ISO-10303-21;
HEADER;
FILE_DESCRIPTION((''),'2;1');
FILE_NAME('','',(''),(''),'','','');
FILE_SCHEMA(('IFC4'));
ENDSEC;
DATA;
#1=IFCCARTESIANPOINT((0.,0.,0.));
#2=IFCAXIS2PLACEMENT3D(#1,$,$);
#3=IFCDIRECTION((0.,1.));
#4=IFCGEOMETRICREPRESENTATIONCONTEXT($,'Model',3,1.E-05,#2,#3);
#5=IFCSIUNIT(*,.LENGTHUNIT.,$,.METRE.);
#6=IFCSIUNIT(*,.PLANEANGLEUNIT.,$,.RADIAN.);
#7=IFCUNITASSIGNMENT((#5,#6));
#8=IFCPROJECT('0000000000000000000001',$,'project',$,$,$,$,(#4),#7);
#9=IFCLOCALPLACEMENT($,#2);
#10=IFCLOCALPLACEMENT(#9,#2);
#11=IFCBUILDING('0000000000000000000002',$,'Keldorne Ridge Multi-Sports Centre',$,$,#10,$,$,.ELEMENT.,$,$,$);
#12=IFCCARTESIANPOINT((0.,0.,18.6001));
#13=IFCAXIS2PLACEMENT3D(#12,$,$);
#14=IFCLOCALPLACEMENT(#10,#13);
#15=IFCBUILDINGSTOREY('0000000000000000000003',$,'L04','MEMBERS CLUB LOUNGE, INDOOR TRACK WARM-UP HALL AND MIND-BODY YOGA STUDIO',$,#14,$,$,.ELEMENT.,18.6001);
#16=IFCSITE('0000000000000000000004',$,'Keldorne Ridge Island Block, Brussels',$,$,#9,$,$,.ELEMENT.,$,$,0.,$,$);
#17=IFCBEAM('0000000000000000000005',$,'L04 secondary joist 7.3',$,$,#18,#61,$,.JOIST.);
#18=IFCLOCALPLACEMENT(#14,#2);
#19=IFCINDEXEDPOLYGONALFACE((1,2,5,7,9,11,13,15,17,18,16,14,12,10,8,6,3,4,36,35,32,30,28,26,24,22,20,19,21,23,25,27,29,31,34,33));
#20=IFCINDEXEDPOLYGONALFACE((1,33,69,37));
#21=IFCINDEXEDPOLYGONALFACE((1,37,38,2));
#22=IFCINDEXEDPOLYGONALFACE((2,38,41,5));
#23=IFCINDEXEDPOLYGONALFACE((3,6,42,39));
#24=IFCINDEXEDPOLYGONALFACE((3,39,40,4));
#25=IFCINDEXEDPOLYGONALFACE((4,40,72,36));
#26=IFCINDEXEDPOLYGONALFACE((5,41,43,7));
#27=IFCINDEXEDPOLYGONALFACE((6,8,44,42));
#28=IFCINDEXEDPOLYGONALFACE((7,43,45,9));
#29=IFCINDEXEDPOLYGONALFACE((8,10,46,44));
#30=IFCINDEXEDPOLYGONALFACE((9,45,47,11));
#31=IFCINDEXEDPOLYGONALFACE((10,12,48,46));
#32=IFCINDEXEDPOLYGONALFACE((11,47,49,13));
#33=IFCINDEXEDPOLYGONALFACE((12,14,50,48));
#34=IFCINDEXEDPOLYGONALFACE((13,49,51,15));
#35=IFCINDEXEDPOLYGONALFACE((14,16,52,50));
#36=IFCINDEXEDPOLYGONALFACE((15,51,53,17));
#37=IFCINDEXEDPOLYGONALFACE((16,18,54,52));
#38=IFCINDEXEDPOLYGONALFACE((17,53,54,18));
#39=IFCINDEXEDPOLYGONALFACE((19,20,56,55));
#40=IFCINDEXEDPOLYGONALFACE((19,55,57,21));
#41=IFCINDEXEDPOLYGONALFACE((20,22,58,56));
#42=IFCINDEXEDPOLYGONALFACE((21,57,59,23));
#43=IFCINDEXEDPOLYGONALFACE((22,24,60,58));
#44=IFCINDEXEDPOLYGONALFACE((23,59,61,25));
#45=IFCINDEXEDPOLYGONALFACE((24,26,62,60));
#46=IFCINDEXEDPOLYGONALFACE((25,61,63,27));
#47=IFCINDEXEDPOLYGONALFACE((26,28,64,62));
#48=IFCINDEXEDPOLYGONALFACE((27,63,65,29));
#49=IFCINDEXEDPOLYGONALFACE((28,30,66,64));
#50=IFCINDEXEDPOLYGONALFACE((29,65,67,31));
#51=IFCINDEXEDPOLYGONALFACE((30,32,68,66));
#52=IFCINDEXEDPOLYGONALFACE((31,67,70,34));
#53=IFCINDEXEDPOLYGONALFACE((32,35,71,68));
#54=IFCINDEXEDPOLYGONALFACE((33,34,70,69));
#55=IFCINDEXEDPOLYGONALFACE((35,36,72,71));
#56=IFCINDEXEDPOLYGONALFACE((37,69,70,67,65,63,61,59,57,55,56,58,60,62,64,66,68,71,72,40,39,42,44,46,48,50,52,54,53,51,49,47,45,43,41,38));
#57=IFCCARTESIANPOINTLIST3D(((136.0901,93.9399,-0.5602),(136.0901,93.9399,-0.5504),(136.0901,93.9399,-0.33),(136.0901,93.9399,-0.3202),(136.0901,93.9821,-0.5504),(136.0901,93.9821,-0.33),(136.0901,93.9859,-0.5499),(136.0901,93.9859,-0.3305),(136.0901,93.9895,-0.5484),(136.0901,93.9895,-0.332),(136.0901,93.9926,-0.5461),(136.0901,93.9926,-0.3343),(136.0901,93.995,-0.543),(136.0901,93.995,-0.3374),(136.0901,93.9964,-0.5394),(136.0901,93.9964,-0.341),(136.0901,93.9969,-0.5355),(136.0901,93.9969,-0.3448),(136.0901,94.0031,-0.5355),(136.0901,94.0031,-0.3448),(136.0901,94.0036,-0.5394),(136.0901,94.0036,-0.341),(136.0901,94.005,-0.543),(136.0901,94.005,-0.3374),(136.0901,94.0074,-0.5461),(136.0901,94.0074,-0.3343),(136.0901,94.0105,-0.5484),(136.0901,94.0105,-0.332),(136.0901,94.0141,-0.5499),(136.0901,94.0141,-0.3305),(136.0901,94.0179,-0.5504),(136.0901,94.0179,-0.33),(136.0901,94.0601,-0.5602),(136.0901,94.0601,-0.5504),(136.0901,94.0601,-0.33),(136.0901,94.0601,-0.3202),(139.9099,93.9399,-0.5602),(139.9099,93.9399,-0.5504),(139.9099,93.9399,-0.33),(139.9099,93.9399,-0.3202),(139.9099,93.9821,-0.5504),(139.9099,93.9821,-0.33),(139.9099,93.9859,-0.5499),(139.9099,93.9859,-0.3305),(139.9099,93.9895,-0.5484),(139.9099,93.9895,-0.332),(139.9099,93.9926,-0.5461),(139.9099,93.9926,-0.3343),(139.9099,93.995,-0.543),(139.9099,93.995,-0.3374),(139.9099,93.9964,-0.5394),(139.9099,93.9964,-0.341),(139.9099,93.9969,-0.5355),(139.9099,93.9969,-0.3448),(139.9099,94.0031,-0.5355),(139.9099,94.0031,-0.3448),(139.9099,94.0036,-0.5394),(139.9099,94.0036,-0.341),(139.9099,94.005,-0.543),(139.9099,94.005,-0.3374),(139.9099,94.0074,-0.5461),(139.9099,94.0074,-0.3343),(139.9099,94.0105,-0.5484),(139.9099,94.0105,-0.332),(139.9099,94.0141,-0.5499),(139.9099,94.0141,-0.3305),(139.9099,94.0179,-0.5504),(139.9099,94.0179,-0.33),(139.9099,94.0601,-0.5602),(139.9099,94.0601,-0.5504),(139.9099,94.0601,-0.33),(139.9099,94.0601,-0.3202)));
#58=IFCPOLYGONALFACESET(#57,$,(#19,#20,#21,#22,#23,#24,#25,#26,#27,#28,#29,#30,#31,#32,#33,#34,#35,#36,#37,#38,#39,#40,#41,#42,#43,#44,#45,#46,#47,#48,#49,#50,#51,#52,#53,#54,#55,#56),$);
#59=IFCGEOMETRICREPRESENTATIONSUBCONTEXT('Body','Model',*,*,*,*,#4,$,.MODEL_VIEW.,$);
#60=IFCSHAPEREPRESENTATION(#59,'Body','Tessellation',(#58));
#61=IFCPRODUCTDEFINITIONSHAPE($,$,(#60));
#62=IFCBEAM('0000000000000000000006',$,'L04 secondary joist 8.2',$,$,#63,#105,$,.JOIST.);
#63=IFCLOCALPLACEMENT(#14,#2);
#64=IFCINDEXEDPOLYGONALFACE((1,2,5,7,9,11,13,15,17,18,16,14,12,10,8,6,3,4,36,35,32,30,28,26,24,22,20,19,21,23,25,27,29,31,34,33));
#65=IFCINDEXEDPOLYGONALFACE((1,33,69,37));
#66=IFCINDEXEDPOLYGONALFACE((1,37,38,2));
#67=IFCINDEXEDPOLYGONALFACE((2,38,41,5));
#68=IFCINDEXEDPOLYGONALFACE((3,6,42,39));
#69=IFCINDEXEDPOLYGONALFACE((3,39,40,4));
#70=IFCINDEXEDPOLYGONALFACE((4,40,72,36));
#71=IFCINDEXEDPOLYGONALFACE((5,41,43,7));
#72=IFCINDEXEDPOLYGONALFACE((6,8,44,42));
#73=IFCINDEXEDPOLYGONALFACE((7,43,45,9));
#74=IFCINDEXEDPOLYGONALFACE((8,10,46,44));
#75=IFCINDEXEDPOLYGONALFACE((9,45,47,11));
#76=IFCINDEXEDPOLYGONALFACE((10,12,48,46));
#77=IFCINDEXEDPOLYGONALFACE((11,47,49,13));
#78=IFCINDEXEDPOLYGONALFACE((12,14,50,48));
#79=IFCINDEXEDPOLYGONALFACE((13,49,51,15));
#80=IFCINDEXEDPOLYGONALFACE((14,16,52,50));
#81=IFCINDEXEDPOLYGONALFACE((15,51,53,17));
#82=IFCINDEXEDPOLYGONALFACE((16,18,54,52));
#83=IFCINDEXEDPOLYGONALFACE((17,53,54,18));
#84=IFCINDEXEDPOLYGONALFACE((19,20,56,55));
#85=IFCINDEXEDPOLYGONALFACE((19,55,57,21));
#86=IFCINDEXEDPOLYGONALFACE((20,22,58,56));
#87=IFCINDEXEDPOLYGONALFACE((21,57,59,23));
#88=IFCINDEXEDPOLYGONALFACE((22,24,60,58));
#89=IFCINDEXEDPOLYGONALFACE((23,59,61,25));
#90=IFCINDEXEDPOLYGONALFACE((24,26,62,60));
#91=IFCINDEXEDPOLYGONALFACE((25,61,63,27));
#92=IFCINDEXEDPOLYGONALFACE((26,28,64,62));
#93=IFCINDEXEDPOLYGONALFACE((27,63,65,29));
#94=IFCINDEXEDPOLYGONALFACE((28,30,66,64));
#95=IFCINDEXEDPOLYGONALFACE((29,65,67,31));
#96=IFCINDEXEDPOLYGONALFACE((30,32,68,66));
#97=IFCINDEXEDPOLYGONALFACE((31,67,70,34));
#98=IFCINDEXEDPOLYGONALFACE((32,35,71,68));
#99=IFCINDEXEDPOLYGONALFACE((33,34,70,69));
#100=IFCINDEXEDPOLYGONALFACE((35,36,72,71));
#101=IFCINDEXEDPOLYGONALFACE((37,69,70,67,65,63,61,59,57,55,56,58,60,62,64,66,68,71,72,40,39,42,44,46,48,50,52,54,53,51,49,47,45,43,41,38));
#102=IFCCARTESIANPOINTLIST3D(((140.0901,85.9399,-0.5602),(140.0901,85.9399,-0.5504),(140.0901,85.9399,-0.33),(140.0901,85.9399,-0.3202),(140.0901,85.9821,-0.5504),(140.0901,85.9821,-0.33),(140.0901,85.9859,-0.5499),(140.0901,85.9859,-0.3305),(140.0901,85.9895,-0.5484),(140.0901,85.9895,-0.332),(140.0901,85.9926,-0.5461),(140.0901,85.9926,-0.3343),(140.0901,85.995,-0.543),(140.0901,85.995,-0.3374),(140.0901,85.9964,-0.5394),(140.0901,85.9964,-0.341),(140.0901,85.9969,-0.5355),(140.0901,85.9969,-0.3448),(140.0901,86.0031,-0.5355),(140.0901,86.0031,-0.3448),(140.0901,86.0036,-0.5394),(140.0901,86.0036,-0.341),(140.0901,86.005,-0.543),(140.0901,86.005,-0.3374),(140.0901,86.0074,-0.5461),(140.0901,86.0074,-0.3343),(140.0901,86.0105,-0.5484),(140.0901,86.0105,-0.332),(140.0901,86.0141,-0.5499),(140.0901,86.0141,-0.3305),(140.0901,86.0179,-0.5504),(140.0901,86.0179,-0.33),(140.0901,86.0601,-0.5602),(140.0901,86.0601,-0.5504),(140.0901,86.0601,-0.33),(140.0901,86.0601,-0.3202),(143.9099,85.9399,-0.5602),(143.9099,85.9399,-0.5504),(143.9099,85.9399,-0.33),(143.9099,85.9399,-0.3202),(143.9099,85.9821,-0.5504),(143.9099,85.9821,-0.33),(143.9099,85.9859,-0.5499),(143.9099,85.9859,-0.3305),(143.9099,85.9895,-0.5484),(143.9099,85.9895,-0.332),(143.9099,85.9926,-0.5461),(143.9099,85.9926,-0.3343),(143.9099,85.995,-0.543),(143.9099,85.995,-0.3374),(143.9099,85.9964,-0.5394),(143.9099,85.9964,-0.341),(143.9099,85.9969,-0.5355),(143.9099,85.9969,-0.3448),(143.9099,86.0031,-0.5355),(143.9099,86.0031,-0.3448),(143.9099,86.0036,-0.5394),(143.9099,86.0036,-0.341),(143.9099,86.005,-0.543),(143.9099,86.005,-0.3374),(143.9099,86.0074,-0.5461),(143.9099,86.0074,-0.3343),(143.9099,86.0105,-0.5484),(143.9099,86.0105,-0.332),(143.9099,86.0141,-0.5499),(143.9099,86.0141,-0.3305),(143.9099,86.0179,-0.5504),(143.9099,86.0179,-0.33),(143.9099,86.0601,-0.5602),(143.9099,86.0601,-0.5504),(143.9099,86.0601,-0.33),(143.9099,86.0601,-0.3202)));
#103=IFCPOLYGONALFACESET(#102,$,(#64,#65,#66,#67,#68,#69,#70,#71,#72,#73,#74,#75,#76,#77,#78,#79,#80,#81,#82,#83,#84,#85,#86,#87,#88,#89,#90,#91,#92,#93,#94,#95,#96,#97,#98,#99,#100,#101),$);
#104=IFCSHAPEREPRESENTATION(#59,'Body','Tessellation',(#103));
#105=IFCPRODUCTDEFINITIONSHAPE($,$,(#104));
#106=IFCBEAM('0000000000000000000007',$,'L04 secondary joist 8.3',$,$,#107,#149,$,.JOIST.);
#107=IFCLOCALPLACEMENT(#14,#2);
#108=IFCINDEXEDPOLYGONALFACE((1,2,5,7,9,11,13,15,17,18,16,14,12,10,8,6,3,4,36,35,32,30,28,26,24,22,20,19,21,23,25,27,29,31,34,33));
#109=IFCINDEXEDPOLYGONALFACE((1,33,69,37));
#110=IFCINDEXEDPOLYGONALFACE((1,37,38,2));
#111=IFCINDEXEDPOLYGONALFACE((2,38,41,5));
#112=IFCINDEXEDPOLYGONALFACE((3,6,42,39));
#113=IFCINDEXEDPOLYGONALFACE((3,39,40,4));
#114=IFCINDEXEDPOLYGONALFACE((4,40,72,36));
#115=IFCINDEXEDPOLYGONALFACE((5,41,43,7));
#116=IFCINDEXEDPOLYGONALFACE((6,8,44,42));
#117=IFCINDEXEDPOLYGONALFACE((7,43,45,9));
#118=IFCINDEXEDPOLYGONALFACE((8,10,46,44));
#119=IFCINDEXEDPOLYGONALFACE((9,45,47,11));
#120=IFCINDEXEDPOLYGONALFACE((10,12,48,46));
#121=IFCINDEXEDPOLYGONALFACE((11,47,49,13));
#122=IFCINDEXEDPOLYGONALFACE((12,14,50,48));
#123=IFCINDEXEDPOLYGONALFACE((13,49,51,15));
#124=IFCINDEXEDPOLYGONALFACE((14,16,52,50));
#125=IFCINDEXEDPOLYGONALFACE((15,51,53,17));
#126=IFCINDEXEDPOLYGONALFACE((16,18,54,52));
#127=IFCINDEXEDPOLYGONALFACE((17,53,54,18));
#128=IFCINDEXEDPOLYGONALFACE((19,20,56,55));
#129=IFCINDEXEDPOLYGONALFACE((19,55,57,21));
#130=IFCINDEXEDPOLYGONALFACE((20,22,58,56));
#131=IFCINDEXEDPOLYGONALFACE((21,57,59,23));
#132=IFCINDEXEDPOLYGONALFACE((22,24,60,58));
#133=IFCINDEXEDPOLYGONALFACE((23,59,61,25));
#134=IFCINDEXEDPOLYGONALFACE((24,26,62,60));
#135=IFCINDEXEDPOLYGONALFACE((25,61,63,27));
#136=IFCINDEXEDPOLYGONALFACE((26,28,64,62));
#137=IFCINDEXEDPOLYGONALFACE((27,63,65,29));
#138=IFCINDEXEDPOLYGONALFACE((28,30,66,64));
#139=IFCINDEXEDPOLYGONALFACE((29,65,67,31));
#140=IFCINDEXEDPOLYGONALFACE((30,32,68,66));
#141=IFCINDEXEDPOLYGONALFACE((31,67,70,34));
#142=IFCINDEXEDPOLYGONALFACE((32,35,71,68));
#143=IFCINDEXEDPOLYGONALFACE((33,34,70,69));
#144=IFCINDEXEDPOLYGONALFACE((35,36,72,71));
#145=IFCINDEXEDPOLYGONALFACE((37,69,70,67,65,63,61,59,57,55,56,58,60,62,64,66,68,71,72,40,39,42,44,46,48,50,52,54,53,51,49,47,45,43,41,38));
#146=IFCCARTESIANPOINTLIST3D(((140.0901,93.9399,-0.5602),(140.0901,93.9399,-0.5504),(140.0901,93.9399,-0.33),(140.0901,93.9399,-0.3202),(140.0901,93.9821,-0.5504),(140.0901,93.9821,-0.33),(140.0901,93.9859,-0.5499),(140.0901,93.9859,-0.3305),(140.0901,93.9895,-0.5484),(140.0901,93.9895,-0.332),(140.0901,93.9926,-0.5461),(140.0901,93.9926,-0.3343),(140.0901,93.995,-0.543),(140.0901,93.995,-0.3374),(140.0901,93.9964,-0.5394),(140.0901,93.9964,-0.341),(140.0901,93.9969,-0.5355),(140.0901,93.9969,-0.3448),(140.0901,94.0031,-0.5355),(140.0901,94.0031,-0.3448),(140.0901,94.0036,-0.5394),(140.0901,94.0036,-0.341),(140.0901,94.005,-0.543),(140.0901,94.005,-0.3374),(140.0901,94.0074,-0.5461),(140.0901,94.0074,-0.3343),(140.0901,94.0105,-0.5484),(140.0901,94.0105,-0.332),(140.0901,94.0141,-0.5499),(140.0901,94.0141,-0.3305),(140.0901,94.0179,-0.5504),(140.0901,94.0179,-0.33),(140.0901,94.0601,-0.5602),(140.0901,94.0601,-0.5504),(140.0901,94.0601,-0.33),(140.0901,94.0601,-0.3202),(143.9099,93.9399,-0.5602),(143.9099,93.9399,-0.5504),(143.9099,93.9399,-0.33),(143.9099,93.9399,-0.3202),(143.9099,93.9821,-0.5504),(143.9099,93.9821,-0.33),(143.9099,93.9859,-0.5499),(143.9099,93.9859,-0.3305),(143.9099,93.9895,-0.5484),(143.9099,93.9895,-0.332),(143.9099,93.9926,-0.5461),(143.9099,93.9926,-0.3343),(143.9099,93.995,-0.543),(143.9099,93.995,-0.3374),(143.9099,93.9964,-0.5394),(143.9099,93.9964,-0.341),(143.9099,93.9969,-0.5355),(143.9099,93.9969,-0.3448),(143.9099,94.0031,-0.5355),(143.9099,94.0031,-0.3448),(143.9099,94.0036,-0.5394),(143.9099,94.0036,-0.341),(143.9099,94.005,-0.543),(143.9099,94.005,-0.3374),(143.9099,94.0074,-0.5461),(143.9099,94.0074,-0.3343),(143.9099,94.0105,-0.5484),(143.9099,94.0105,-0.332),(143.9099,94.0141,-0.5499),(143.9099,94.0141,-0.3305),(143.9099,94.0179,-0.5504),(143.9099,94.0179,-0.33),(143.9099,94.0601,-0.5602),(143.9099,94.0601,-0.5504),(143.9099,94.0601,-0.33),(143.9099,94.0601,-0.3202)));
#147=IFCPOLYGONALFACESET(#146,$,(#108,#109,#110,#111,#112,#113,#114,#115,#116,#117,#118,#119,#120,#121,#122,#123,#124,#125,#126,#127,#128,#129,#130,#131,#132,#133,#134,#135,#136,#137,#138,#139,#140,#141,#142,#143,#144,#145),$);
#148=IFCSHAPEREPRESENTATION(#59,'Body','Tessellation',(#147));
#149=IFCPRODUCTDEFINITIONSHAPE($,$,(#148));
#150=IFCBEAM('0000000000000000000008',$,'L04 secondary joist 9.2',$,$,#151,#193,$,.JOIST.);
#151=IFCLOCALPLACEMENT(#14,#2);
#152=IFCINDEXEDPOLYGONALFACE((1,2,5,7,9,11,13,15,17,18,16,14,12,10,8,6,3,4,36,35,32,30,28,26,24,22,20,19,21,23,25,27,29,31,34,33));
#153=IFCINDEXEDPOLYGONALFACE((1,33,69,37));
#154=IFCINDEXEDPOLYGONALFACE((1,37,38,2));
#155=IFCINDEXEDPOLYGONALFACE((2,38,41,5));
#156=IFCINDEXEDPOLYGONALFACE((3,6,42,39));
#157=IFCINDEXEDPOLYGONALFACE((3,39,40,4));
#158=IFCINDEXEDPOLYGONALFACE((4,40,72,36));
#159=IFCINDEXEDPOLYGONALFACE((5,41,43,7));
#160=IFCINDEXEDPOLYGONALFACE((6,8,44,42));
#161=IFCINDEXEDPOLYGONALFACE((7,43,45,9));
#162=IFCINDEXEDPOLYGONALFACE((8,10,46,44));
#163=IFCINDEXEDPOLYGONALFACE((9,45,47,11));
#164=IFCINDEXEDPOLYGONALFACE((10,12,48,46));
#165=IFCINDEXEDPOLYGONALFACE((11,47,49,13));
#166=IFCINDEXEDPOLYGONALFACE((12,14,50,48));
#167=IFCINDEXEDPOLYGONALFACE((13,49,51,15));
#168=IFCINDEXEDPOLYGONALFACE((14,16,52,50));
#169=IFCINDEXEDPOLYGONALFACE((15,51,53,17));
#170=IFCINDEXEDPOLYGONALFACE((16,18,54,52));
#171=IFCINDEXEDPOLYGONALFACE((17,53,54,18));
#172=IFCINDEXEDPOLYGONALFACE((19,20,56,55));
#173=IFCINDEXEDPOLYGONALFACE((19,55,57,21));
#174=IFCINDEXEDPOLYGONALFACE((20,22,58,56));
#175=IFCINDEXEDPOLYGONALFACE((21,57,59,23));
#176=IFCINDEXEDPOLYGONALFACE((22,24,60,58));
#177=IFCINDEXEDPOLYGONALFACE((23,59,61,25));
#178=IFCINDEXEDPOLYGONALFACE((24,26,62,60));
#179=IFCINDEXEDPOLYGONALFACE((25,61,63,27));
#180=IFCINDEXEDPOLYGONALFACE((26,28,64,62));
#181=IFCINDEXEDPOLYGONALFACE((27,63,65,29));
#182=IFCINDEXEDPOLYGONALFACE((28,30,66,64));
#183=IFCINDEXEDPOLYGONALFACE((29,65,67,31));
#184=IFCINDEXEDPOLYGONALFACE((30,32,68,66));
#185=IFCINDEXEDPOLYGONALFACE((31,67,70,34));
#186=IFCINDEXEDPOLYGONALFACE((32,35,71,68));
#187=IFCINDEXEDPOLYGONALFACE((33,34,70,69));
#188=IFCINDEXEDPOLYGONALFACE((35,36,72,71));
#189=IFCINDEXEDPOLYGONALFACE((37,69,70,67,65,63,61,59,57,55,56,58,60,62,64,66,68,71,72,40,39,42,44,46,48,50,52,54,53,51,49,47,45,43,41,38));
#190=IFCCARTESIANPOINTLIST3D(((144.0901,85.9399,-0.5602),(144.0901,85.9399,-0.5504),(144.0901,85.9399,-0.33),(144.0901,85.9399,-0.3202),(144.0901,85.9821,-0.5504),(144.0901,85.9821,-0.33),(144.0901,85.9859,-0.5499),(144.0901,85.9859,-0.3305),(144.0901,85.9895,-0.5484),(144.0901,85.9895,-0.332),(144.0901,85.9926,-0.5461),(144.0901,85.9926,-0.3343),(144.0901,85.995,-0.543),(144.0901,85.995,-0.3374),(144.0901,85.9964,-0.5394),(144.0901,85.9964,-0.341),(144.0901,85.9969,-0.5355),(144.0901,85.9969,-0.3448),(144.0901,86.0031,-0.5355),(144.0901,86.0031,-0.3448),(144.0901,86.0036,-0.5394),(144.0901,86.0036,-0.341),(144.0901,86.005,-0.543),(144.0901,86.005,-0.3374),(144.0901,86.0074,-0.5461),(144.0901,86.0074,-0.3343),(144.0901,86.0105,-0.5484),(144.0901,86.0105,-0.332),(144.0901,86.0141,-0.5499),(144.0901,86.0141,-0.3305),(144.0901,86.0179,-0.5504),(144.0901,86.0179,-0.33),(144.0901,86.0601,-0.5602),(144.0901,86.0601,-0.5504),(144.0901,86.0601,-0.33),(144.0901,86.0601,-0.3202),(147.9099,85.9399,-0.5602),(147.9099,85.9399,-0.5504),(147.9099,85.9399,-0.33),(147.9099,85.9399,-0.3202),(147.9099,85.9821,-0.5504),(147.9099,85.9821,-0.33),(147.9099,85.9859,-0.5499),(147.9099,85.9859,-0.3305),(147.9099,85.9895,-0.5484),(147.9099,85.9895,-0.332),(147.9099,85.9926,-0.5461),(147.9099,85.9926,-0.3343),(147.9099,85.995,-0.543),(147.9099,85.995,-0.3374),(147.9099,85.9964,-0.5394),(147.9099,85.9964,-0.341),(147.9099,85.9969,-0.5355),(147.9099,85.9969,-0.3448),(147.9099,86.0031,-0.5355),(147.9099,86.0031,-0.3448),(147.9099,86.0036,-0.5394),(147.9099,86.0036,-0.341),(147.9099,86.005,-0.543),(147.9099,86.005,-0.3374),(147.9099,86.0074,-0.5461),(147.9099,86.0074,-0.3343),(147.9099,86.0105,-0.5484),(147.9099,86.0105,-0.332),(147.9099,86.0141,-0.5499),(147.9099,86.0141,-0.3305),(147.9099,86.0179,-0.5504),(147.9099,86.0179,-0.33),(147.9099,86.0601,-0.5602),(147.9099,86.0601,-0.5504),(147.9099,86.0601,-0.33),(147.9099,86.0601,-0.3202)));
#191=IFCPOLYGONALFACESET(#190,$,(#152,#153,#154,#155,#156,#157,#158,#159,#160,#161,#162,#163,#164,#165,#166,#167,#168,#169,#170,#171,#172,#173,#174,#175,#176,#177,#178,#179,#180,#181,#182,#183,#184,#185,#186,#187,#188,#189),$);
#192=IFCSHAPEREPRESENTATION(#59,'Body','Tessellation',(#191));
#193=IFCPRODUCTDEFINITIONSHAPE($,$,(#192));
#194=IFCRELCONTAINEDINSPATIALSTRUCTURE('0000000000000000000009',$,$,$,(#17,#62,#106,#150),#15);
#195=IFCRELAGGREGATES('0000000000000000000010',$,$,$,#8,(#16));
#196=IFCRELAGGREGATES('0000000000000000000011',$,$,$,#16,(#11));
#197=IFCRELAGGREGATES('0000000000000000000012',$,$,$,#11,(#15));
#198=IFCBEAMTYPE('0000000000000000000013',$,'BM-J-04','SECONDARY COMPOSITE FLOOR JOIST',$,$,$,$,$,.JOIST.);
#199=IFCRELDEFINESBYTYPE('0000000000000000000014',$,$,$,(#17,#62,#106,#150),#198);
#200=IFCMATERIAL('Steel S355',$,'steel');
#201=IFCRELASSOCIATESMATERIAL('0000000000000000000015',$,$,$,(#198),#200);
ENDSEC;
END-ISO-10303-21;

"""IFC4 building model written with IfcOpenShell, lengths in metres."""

from ifc_helpers import new_model, si_unit, direction, frame, origin, origin_2d, place, context, subcontext, project, spatial, i_section, extrude, material, material_profile, profile_set, type_object, element, save


model = new_model("IFC4")

# Units and contexts
model_context = context("Model", 3, precision=1e-05, world=origin(), true_north=direction((0.0, 1.0)))
body_context = subcontext(model_context, "Body", "Model", "MODEL_VIEW")
ifc_project = project(units=[si_unit("LENGTHUNIT", "METRE"), si_unit("PLANEANGLEUNIT", "RADIAN")], contexts=[model_context])

# Site, building, storey
site_placement = place(None, origin())
site = spatial("IfcSite", under=ifc_project, at=site_placement, Name="Keldorne Ridge Island Block, Brussels", CompositionType="ELEMENT", RefElevation=0.0)
building_placement = place(site_placement, origin())
building = spatial("IfcBuilding", under=site, at=building_placement, Name="Keldorne Ridge Multi-Sports Centre", CompositionType="ELEMENT")
storey_placement = place(building_placement, frame((0.0, 0.0, 18.6001)))
storey = spatial("IfcBuildingStorey", under=building, at=storey_placement, Name="L04", Description="MEMBERS CLUB LOUNGE, INDOOR TRACK WARM-UP HALL AND MIND-BODY YOGA STUDIO", CompositionType="ELEMENT", Elevation=18.6001)

# Beams
ifc_material = material(Name="Steel S355", Category="steel")
ifc_material_profile_1 = material_profile(ifc_material, i_section(OverallWidth=0.1201, OverallDepth=0.24, WebThickness=0.0061, FlangeThickness=0.0098, FilletRadius=0.0149, at=origin_2d()), Name="IPE 240")
ifc_profile_set_1 = profile_set([ifc_material_profile_1], Name="Steel S355")
beam_type_1 = type_object("IfcBeamType", Name="BM-J-04", Description="SECONDARY COMPOSITE FLOOR JOIST", PredefinedType="JOIST", material=ifc_profile_set_1)
for number, where, z_axis, x_axis, name in (
    (1, (136.0901, 94.0, -0.4402), (1.0, 0.0, 0.0), (0.0, 1.0, 0.0), "L04 secondary joist 7.3"),
    (2, (140.0901, 86.0, -0.4402), (1.0, 0.0, 0.0), (0.0, 1.0, 0.0), "L04 secondary joist 8.2"),
    (3, (140.0901, 94.0, -0.4402), (1.0, 0.0, 0.0), (0.0, 1.0, 0.0), "L04 secondary joist 8.3"),
    (4, (144.0901, 86.0, -0.4402), (1.0, 0.0, 0.0), (0.0, 1.0, 0.0), "L04 secondary joist 9.2"),
):
    element("IfcBeam", number, at=place(storey_placement, frame(where, z_axis=z_axis, x_axis=x_axis)), inside=storey, type_object=beam_type_1, Name=name, PredefinedType="JOIST", context=body_context, shape_type="SweptSolid", body=[
        extrude(i_section(OverallWidth=0.1201, OverallDepth=0.24, WebThickness=0.0061, FlangeThickness=0.0098, FilletRadius=0.0149, at=origin_2d()), origin(), (0.0, 0.0, 1.0), 3.8198),
    ])

save(model, "model.ifc")
